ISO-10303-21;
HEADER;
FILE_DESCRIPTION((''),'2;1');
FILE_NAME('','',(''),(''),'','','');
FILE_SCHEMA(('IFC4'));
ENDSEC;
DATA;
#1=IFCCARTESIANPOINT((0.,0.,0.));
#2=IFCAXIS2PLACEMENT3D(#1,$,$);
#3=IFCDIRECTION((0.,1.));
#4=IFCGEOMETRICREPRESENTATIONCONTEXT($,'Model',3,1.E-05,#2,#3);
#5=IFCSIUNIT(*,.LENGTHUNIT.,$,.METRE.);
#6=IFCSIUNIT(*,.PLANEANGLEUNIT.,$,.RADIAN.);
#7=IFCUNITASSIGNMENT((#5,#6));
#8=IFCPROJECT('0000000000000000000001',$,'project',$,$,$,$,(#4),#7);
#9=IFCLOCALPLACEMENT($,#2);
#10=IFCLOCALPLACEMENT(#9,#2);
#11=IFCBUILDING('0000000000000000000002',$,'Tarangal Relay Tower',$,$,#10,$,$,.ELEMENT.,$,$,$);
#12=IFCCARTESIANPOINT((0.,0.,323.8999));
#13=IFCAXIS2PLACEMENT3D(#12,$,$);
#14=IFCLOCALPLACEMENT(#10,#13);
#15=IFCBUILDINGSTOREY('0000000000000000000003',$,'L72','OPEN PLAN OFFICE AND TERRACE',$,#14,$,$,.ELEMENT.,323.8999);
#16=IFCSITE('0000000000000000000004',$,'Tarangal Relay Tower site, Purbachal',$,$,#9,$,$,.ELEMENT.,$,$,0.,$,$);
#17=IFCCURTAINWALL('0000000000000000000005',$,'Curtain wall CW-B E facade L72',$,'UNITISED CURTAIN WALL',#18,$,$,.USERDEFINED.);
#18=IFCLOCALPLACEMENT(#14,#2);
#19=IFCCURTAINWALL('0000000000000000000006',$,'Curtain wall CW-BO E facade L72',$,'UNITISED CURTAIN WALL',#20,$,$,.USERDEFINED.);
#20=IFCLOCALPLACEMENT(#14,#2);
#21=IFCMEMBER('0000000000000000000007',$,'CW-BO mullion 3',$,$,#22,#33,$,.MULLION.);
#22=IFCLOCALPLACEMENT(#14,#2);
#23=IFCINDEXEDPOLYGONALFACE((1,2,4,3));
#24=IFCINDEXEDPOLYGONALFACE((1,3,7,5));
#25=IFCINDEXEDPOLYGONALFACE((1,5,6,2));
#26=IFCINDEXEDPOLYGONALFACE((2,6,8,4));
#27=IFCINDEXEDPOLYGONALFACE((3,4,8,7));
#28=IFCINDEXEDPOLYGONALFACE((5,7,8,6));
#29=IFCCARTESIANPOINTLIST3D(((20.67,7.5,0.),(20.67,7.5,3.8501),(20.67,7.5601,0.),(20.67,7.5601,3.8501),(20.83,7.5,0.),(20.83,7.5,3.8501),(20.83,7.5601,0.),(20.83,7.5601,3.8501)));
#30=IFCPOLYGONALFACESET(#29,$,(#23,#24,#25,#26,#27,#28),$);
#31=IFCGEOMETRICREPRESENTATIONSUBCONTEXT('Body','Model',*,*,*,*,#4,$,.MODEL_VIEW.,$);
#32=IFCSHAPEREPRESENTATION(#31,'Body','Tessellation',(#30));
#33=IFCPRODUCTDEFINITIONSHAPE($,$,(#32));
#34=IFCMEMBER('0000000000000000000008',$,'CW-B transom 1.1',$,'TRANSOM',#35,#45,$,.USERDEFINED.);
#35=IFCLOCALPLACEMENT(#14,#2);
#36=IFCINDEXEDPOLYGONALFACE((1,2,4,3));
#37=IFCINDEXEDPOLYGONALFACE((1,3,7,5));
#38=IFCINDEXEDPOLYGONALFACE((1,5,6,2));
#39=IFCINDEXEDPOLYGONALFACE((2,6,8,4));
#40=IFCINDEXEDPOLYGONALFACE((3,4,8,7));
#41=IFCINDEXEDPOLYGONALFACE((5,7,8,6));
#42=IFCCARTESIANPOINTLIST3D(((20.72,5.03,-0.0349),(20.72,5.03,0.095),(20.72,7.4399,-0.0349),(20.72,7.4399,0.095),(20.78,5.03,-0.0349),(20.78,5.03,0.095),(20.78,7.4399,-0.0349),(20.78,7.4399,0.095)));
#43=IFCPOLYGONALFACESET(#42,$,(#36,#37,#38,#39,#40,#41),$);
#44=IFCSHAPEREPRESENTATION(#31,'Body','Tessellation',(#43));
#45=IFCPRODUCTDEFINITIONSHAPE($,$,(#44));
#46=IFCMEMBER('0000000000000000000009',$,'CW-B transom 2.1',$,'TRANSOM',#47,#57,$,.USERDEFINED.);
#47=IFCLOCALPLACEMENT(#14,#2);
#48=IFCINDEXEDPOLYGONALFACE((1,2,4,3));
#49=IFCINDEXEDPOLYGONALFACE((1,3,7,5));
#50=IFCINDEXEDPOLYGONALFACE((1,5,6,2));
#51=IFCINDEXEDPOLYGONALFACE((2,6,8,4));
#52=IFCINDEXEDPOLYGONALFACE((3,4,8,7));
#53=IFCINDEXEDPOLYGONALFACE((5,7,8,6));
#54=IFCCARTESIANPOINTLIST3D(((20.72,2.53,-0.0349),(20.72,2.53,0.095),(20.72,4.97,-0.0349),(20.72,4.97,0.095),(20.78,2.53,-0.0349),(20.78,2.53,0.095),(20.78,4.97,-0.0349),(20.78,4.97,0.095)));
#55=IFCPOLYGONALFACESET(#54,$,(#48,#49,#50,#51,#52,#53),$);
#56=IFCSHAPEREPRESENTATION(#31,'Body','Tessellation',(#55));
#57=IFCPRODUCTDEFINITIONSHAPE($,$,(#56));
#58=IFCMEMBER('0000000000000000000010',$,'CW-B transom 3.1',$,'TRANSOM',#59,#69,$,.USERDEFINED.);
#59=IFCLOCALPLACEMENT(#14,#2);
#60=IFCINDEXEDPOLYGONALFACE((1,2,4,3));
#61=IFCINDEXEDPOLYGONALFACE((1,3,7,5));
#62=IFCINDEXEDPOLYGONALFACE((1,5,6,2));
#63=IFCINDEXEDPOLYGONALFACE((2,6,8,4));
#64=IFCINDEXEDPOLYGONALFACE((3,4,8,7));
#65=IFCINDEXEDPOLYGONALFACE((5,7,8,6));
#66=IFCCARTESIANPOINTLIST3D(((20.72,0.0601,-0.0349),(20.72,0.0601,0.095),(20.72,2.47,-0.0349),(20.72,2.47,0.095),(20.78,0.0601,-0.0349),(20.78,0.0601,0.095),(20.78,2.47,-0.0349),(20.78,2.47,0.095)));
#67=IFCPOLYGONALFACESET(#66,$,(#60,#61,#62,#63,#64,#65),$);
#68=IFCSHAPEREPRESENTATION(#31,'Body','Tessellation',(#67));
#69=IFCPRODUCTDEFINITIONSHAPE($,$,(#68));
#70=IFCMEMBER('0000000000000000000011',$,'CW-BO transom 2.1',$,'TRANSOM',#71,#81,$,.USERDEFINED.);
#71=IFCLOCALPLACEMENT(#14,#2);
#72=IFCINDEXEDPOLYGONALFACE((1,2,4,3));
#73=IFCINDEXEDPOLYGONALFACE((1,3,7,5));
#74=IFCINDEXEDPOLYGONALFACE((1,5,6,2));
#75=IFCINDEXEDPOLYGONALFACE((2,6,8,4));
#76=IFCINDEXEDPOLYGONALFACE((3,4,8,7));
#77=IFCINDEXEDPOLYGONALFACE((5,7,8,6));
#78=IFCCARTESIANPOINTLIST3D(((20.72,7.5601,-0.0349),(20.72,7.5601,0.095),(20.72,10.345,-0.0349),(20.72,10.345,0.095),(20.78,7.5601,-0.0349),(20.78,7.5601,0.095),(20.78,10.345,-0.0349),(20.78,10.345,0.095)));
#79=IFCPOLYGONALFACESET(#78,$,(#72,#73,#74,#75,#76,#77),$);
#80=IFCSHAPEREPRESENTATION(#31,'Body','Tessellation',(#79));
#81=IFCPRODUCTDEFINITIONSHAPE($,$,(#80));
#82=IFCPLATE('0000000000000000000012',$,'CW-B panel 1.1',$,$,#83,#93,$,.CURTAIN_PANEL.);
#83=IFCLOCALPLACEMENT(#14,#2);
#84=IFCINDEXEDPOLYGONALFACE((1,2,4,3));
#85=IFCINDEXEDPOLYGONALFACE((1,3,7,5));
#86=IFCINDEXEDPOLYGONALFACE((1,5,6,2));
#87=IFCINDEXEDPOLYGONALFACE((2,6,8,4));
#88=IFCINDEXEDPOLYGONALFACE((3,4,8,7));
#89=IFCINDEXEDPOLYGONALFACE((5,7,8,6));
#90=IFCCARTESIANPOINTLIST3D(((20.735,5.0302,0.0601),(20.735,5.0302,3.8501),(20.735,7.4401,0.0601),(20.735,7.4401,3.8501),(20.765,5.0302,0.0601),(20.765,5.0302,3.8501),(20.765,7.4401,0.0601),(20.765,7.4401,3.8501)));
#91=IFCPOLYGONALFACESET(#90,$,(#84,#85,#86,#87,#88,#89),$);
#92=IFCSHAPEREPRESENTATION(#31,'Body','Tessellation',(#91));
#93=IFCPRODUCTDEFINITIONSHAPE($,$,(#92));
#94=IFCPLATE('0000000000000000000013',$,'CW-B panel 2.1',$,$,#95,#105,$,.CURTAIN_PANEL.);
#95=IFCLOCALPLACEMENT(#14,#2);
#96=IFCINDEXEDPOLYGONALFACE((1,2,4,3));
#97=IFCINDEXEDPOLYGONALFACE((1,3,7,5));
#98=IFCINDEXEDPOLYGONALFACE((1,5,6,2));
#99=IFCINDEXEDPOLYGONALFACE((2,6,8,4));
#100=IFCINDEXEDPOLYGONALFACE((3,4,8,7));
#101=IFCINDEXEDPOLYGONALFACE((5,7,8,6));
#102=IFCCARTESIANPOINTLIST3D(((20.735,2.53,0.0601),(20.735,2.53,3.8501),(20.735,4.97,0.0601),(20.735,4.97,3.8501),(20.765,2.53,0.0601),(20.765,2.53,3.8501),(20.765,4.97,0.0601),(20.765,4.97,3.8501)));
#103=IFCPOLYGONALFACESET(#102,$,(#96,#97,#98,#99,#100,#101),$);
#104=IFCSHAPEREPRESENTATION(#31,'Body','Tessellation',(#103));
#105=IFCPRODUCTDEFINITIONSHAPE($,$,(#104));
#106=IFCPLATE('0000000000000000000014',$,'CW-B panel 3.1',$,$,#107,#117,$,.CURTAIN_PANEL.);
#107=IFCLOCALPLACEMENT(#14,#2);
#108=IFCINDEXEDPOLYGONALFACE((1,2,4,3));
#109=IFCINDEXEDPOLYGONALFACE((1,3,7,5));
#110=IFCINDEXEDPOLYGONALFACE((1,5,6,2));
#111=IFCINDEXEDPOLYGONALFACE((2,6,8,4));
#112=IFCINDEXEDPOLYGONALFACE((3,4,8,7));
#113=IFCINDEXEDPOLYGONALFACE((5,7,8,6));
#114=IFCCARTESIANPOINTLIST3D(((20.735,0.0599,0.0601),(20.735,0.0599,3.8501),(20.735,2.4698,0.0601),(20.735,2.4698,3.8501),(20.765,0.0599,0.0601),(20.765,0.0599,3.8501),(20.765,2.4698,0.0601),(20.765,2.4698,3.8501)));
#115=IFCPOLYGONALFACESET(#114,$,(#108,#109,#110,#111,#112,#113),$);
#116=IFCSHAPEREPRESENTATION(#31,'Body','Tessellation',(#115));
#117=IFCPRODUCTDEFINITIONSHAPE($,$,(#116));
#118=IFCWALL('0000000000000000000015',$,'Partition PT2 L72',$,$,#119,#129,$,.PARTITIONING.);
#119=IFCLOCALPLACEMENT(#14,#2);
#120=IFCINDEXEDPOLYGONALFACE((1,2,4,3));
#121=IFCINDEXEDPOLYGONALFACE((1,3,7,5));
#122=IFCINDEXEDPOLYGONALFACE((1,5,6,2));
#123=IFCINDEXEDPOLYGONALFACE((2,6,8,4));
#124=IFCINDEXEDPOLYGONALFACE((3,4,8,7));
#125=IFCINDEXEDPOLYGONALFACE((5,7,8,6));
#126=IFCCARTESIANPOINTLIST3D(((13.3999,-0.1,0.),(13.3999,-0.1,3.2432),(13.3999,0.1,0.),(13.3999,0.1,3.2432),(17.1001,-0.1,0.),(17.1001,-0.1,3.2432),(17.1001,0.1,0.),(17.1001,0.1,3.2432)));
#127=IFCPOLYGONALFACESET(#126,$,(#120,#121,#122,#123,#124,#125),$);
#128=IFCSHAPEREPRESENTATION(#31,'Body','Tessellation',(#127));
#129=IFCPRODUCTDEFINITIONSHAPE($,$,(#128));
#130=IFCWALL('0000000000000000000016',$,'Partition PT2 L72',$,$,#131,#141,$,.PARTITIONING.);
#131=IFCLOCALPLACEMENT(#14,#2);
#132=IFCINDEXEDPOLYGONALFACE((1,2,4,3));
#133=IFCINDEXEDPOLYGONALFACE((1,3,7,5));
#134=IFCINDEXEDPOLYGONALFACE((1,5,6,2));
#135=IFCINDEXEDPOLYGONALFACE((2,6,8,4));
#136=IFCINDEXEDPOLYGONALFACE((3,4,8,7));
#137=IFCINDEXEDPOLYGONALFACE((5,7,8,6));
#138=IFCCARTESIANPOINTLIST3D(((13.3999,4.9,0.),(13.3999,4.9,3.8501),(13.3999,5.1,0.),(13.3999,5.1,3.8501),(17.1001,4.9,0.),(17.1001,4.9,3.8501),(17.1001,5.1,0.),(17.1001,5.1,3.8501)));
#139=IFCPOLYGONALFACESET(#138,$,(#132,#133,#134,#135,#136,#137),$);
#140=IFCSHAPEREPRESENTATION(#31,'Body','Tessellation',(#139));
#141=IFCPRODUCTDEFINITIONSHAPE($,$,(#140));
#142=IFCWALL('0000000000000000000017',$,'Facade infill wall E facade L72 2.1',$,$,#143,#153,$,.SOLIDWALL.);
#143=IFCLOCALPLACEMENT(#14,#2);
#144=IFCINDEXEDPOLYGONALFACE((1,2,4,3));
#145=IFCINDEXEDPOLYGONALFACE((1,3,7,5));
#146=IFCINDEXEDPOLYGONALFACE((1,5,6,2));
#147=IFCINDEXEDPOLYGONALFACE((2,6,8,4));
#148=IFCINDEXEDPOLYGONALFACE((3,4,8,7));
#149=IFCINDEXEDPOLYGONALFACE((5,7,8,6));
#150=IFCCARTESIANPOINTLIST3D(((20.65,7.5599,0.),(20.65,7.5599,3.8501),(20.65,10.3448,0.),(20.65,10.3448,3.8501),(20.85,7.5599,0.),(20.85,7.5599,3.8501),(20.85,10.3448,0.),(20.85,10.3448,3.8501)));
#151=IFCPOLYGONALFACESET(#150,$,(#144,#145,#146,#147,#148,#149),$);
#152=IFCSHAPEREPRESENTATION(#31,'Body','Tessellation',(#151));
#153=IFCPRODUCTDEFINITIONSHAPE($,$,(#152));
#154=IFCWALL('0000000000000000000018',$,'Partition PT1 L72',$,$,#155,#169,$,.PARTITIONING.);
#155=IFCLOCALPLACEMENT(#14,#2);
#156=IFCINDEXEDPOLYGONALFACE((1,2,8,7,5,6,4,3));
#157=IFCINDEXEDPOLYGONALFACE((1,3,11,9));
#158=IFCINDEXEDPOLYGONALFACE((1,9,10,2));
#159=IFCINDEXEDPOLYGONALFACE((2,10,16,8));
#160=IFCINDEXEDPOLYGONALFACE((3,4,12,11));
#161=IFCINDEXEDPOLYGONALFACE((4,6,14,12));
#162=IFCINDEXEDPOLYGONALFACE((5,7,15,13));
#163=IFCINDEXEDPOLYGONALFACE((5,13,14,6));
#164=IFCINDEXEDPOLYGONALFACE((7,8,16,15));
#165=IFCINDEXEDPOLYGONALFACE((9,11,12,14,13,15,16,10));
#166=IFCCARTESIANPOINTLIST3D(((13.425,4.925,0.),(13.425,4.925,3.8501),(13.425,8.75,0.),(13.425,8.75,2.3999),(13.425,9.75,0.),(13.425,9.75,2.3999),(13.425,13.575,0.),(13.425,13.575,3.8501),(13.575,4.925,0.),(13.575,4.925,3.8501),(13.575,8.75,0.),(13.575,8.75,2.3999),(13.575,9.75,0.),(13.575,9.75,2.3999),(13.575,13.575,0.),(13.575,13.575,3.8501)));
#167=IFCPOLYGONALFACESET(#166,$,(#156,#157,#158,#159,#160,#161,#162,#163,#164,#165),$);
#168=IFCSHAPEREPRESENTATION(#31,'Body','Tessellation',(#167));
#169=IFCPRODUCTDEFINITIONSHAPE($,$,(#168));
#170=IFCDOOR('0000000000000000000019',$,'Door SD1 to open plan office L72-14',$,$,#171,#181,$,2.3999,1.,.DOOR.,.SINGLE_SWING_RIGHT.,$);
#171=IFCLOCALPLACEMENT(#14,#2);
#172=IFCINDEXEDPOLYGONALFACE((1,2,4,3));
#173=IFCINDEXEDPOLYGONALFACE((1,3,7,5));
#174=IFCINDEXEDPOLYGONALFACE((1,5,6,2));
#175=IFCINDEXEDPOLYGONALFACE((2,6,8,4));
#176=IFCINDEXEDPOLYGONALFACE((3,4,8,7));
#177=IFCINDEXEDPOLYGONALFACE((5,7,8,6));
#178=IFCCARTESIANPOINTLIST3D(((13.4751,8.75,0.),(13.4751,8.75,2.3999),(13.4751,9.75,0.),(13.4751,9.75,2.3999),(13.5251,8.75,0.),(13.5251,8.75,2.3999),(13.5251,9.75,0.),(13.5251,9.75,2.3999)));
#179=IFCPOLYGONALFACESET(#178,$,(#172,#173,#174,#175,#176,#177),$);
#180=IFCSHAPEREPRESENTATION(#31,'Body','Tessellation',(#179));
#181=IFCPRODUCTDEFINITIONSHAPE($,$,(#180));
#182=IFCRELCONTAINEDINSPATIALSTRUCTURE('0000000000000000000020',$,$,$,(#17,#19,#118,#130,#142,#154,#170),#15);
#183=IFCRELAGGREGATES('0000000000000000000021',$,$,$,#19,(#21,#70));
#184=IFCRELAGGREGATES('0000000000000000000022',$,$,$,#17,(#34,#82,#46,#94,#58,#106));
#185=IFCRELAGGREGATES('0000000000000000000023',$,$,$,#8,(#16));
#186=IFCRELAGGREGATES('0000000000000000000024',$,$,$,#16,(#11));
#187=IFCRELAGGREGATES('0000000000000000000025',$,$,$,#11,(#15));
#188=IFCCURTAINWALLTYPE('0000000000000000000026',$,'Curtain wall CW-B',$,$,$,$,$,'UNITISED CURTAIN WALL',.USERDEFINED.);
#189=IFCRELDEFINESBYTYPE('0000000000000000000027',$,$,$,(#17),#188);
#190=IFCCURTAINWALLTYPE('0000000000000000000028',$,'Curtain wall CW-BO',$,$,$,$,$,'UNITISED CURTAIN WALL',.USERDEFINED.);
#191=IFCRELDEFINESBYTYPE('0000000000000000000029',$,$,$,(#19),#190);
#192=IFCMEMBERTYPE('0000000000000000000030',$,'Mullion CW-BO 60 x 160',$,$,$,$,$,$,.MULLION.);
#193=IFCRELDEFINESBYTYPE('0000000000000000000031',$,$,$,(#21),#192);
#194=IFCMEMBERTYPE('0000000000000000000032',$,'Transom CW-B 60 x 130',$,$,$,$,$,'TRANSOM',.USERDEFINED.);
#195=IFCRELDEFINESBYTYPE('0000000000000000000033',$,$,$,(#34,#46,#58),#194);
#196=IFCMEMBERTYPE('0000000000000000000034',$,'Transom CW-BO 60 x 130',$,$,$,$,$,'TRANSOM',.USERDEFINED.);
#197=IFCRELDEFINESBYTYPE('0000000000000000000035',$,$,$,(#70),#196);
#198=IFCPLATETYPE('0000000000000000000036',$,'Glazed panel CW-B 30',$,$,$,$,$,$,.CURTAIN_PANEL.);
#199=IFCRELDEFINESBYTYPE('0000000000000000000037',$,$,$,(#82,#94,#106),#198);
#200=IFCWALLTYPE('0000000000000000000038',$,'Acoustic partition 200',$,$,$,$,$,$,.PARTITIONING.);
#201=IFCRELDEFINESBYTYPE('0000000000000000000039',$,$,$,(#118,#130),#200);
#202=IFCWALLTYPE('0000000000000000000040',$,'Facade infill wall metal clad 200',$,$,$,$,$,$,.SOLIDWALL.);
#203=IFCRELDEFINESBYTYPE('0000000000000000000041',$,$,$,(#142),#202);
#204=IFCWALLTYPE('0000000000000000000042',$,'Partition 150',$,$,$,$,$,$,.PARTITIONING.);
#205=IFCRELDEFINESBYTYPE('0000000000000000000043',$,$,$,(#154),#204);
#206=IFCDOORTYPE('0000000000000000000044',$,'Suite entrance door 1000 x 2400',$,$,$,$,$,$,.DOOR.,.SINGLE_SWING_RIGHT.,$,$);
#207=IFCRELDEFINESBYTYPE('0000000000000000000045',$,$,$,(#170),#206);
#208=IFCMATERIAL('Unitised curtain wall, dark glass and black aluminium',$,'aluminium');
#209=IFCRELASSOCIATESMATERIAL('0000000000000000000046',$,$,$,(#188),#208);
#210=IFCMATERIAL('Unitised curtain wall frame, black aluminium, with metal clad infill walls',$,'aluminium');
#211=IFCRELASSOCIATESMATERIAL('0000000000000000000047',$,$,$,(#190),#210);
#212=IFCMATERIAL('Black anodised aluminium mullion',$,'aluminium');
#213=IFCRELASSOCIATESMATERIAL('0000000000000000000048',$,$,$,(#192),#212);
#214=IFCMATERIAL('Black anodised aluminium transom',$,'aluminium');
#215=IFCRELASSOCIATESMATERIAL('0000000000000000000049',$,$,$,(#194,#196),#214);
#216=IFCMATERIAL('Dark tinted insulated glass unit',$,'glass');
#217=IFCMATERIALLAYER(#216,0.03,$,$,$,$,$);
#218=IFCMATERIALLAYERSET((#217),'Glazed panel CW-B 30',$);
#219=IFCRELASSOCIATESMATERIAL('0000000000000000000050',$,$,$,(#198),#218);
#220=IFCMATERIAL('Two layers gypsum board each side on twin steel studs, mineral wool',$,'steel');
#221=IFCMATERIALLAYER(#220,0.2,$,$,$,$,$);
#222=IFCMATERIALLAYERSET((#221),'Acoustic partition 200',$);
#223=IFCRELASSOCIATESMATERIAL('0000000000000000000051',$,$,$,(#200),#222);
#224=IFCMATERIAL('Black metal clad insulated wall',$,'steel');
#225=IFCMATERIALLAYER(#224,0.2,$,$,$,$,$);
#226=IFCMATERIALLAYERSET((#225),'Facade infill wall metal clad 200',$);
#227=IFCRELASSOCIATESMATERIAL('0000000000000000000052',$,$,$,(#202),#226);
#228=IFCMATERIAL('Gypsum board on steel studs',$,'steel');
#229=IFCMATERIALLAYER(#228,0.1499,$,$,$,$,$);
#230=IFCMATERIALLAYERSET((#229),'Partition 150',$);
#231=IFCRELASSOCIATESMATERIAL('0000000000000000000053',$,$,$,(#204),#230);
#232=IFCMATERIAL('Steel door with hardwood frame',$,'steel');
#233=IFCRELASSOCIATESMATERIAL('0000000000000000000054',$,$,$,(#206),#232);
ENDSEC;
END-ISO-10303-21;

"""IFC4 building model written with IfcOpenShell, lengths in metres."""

from ifc_helpers import new_model, si_unit, direction, frame, frame_2d, origin, origin_2d, place, context, subcontext, project, spatial, rectangle, extrude, material, layer, layer_set, material_profile, profile_set, type_object, element, fill, aggregate, save


model = new_model("IFC4")

# Units and contexts
model_context = context("Model", 3, precision=1e-05, world=origin(), true_north=direction((0.0, 1.0)))
body_context = subcontext(model_context, "Body", "Model", "MODEL_VIEW")
ifc_project = project(units=[si_unit("LENGTHUNIT", "METRE"), si_unit("PLANEANGLEUNIT", "RADIAN")], contexts=[model_context])

# Site, building, storey
site_placement = place(None, origin())
site = spatial("IfcSite", under=ifc_project, at=site_placement, Name="Tarangal Relay Tower site, Purbachal", CompositionType="ELEMENT", RefElevation=0.0)
building_placement = place(site_placement, origin())
building = spatial("IfcBuilding", under=site, at=building_placement, Name="Tarangal Relay Tower", CompositionType="ELEMENT")
storey_placement = place(building_placement, frame((0.0, 0.0, 323.8999)))
storey = spatial("IfcBuildingStorey", under=building, at=storey_placement, Name="L72", Description="OPEN PLAN OFFICE AND TERRACE", CompositionType="ELEMENT", Elevation=323.8999)

# Curtain wall
ifc_material_1 = material(Name="Unitised curtain wall, dark glass and black aluminium", Category="aluminium")
curtain_wall_type_1 = type_object("IfcCurtainWallType", Name="Curtain wall CW-B", ElementType="UNITISED CURTAIN WALL", PredefinedType="USERDEFINED", material=ifc_material_1)
curtain_wall_1_placement = place(storey_placement, origin())
curtain_wall_1 = element("IfcCurtainWall", 1, at=curtain_wall_1_placement, inside=storey, type_object=curtain_wall_type_1, Name="Curtain wall CW-B E facade L72", ObjectType="UNITISED CURTAIN WALL", PredefinedType="USERDEFINED")
ifc_material_2 = material(Name="Black anodised aluminium mullion", Category="aluminium")

# Curtain wall, member
ifc_material_3 = material(Name="Unitised curtain wall frame, black aluminium, with metal clad infill walls", Category="aluminium")
curtain_wall_type_2 = type_object("IfcCurtainWallType", Name="Curtain wall CW-BO", ElementType="UNITISED CURTAIN WALL", PredefinedType="USERDEFINED", material=ifc_material_3)
curtain_wall_2_placement = place(storey_placement, origin())
curtain_wall_2 = element("IfcCurtainWall", 2, at=curtain_wall_2_placement, inside=storey, type_object=curtain_wall_type_2, Name="Curtain wall CW-BO E facade L72", ObjectType="UNITISED CURTAIN WALL", PredefinedType="USERDEFINED")
ifc_material_profile_1 = material_profile(ifc_material_2, rectangle(XDim=0.1599, YDim=0.0601, at=origin_2d()), Name="CW-BOM 60X160")
ifc_profile_set_1 = profile_set([ifc_material_profile_1], Name="Black anodised aluminium mullion")
member_type_1 = type_object("IfcMemberType", Name="Mullion CW-BO 60 x 160", PredefinedType="MULLION", material=ifc_profile_set_1)
member_1_placement = place(storey_placement, frame((20.75, 7.53, 0.0), z_axis=(0.0, 0.0, 1.0), x_axis=(1.0, 0.0, 0.0)))
member_1 = element("IfcMember", 3, at=member_1_placement, type_object=member_type_1, Name="CW-BO mullion 3", PredefinedType="MULLION", context=body_context, shape_type="SweptSolid", body=[
    extrude(rectangle(XDim=0.1599, YDim=0.0601, at=origin_2d()), origin(), (0.0, 0.0, 1.0), 3.8501),
])

# Members
ifc_material_4 = material(Name="Black anodised aluminium transom", Category="aluminium")
ifc_material_profile_2 = material_profile(ifc_material_4, rectangle(XDim=0.0601, YDim=0.1299, at=origin_2d()), Name="CW-BT 60X130")
ifc_profile_set_2 = profile_set([ifc_material_profile_2], Name="Black anodised aluminium transom")
member_type_2 = type_object("IfcMemberType", Name="Transom CW-B 60 x 130", ElementType="TRANSOM", PredefinedType="USERDEFINED", material=ifc_profile_set_2)
member_2_placement = place(storey_placement, frame((20.75, 7.4399, 0.03), z_axis=(0.0, -1.0, 0.0), x_axis=(1.0, 0.0, 0.0)))
member_2 = element("IfcMember", 4, at=member_2_placement, type_object=member_type_2, Name="CW-B transom 1.1", ObjectType="TRANSOM", PredefinedType="USERDEFINED", context=body_context, shape_type="SweptSolid", body=[
    extrude(rectangle(XDim=0.0601, YDim=0.1299, at=origin_2d()), origin(), (0.0, 0.0, 1.0), 2.4099),
])
member_3_placement = place(storey_placement, frame((20.75, 4.97, 0.03), z_axis=(0.0, -1.0, 0.0), x_axis=(1.0, 0.0, 0.0)))
member_3 = element("IfcMember", 5, at=member_3_placement, type_object=member_type_2, Name="CW-B transom 2.1", ObjectType="TRANSOM", PredefinedType="USERDEFINED", context=body_context, shape_type="SweptSolid", body=[
    extrude(rectangle(XDim=0.0601, YDim=0.1299, at=origin_2d()), origin(), (0.0, 0.0, 1.0), 2.4399),
])
member_4_placement = place(storey_placement, frame((20.75, 2.47, 0.03), z_axis=(0.0, -1.0, 0.0), x_axis=(1.0, 0.0, 0.0)))
member_4 = element("IfcMember", 6, at=member_4_placement, type_object=member_type_2, Name="CW-B transom 3.1", ObjectType="TRANSOM", PredefinedType="USERDEFINED", context=body_context, shape_type="SweptSolid", body=[
    extrude(rectangle(XDim=0.0601, YDim=0.1299, at=origin_2d()), origin(), (0.0, 0.0, 1.0), 2.4099),
])
ifc_material_profile_3 = material_profile(ifc_material_4, rectangle(XDim=0.0601, YDim=0.1299, at=origin_2d()), Name="CW-BOT 60X130")
ifc_profile_set_3 = profile_set([ifc_material_profile_3], Name="Black anodised aluminium transom")
member_type_3 = type_object("IfcMemberType", Name="Transom CW-BO 60 x 130", ElementType="TRANSOM", PredefinedType="USERDEFINED", material=ifc_profile_set_3)
member_5_placement = place(storey_placement, frame((20.75, 10.345, 0.03), z_axis=(0.0, -1.0, 0.0), x_axis=(1.0, 0.0, 0.0)))
member_5 = element("IfcMember", 7, at=member_5_placement, type_object=member_type_3, Name="CW-BO transom 2.1", ObjectType="TRANSOM", PredefinedType="USERDEFINED", context=body_context, shape_type="SweptSolid", body=[
    extrude(rectangle(XDim=0.0601, YDim=0.1299, at=origin_2d()), origin(), (0.0, 0.0, 1.0), 2.7849),
])
aggregate(curtain_wall_2, [member_1, member_5])

# Plates
ifc_material_5 = material(Name="Dark tinted insulated glass unit", Category="glass")
ifc_layer_1 = layer(ifc_material_5, 0.03)
ifc_layer_set_1 = layer_set([ifc_layer_1], Name="Glazed panel CW-B 30")
plate_type = type_object("IfcPlateType", Name="Glazed panel CW-B 30", PredefinedType="CURTAIN_PANEL", material=ifc_layer_set_1)
plate_1_placement = place(storey_placement, frame((20.75, 6.2351, 0.0601), z_axis=(0.0, 0.0, 1.0), x_axis=(0.0, -1.0, 0.0)))
plate_1 = element("IfcPlate", 8, at=plate_1_placement, type_object=plate_type, Name="CW-B panel 1.1", PredefinedType="CURTAIN_PANEL", context=body_context, shape_type="SweptSolid", body=[
    extrude(rectangle(XDim=2.4099, YDim=0.03, at=origin_2d()), origin(), (0.0, 0.0, 1.0), 3.79),
])
plate_2_placement = place(storey_placement, frame((20.75, 3.75, 0.0601), z_axis=(0.0, 0.0, 1.0), x_axis=(0.0, -1.0, 0.0)))
plate_2 = element("IfcPlate", 9, at=plate_2_placement, type_object=plate_type, Name="CW-B panel 2.1", PredefinedType="CURTAIN_PANEL", context=body_context, shape_type="SweptSolid", body=[
    extrude(rectangle(XDim=2.4399, YDim=0.03, at=origin_2d()), origin(), (0.0, 0.0, 1.0), 3.79),
])
plate_3_placement = place(storey_placement, frame((20.75, 1.2649, 0.0601), z_axis=(0.0, 0.0, 1.0), x_axis=(0.0, -1.0, 0.0)))
plate_3 = element("IfcPlate", 10, at=plate_3_placement, type_object=plate_type, Name="CW-B panel 3.1", PredefinedType="CURTAIN_PANEL", context=body_context, shape_type="SweptSolid", body=[
    extrude(rectangle(XDim=2.4099, YDim=0.03, at=origin_2d()), origin(), (0.0, 0.0, 1.0), 3.79),
])
aggregate(curtain_wall_1, [member_2, plate_1, member_3, plate_2, member_4, plate_3])

# Walls
ifc_material_6 = material(Name="Two layers gypsum board each side on twin steel studs, mineral wool", Category="steel")
ifc_layer_2 = layer(ifc_material_6, 0.2)
ifc_layer_set_2 = layer_set([ifc_layer_2], Name="Acoustic partition 200")
wall_type_1 = type_object("IfcWallType", Name="Acoustic partition 200", PredefinedType="PARTITIONING", material=ifc_layer_set_2)
wall_1_placement = place(storey_placement, frame((13.3999, 0.0, 0.0), z_axis=(0.0, 0.0, 1.0), x_axis=(1.0, 0.0, 0.0)))
element("IfcWall", 11, at=wall_1_placement, inside=storey, type_object=wall_type_1, Name="Partition PT2 L72", PredefinedType="PARTITIONING", context=body_context, shape_type="SweptSolid", body=[
    extrude(rectangle(XDim=3.7002, YDim=0.2, at=frame_2d((1.8501, 0.0))), origin(), (0.0, 0.0, 1.0), 3.2432),
])
wall_2_placement = place(storey_placement, frame((13.3999, 5.0, 0.0), z_axis=(0.0, 0.0, 1.0), x_axis=(1.0, 0.0, 0.0)))
element("IfcWall", 12, at=wall_2_placement, inside=storey, type_object=wall_type_1, Name="Partition PT2 L72", PredefinedType="PARTITIONING", context=body_context, shape_type="SweptSolid", body=[
    extrude(rectangle(XDim=3.7002, YDim=0.2, at=frame_2d((1.8501, 0.0))), origin(), (0.0, 0.0, 1.0), 3.8501),
])
ifc_material_7 = material(Name="Black metal clad insulated wall", Category="steel")
ifc_layer_3 = layer(ifc_material_7, 0.2)
ifc_layer_set_3 = layer_set([ifc_layer_3], Name="Facade infill wall metal clad 200")
wall_type_2 = type_object("IfcWallType", Name="Facade infill wall metal clad 200", PredefinedType="SOLIDWALL", material=ifc_layer_set_3)
wall_3_placement = place(storey_placement, frame((20.75, 10.345, 0.0), z_axis=(0.0, 0.0, 1.0), x_axis=(0.0, -1.0, 0.0)))
element("IfcWall", 13, at=wall_3_placement, inside=storey, type_object=wall_type_2, Name="Facade infill wall E facade L72 2.1", PredefinedType="SOLIDWALL", context=body_context, shape_type="SweptSolid", body=[
    extrude(rectangle(XDim=2.7849, YDim=0.2, at=frame_2d((1.3926, 0.0))), origin(), (0.0, 0.0, 1.0), 3.8501),
])

# Wall, opening, door
ifc_material_8 = material(Name="Gypsum board on steel studs", Category="steel")
ifc_layer_4 = layer(ifc_material_8, 0.1499)
ifc_layer_set_4 = layer_set([ifc_layer_4], Name="Partition 150")
wall_type_3 = type_object("IfcWallType", Name="Partition 150", PredefinedType="PARTITIONING", material=ifc_layer_set_4)
wall_4_placement = place(storey_placement, frame((13.5, 4.925, 0.0), z_axis=(0.0, 0.0, 1.0), x_axis=(0.0, 1.0, 0.0)))
wall_4 = element("IfcWall", 14, at=wall_4_placement, inside=storey, type_object=wall_type_3, Name="Partition PT1 L72", PredefinedType="PARTITIONING", context=body_context, shape_type="SweptSolid", body=[
    extrude(rectangle(XDim=8.6499, YDim=0.1499, at=frame_2d((4.325, 0.0))), origin(), (0.0, 0.0, 1.0), 3.8501),
])
opening_placement = place(wall_4_placement, frame((3.825, 0.0, 0.0)))
opening = element("IfcOpeningElement", 15, at=opening_placement, cuts=wall_4, PredefinedType="OPENING", context=body_context, shape_type="SweptSolid", body=[
    extrude(rectangle(XDim=1.0, YDim=2.3999, at=frame_2d((0.5, 1.2))), frame((0.0, 0.085, 0.0), z_axis=(0.0, -1.0, 0.0), x_axis=(1.0, 0.0, 0.0)), (0.0, 0.0, 1.0), 0.1699),
])
ifc_material_9 = material(Name="Steel door with hardwood frame", Category="steel")
door_type = type_object("IfcDoorType", Name="Suite entrance door 1000 x 2400", OperationType="SINGLE_SWING_RIGHT", PredefinedType="DOOR", material=ifc_material_9)
door_placement = place(opening_placement, origin())
door = element("IfcDoor", 16, at=door_placement, inside=storey, type_object=door_type, Name="Door SD1 to open plan office L72-14", OperationType="SINGLE_SWING_RIGHT", OverallHeight=2.3999, OverallWidth=1.0, PredefinedType="DOOR", context=body_context, shape_type="SweptSolid", body=[
    extrude(rectangle(XDim=1.0, YDim=2.3999, at=frame_2d((0.5, 1.2))), frame((0.0, 0.0249, 0.0), z_axis=(0.0, -1.0, 0.0), x_axis=(1.0, 0.0, 0.0)), (0.0, 0.0, 1.0), 0.05),
])
fill(opening, door)

save(model, "model.ifc")
